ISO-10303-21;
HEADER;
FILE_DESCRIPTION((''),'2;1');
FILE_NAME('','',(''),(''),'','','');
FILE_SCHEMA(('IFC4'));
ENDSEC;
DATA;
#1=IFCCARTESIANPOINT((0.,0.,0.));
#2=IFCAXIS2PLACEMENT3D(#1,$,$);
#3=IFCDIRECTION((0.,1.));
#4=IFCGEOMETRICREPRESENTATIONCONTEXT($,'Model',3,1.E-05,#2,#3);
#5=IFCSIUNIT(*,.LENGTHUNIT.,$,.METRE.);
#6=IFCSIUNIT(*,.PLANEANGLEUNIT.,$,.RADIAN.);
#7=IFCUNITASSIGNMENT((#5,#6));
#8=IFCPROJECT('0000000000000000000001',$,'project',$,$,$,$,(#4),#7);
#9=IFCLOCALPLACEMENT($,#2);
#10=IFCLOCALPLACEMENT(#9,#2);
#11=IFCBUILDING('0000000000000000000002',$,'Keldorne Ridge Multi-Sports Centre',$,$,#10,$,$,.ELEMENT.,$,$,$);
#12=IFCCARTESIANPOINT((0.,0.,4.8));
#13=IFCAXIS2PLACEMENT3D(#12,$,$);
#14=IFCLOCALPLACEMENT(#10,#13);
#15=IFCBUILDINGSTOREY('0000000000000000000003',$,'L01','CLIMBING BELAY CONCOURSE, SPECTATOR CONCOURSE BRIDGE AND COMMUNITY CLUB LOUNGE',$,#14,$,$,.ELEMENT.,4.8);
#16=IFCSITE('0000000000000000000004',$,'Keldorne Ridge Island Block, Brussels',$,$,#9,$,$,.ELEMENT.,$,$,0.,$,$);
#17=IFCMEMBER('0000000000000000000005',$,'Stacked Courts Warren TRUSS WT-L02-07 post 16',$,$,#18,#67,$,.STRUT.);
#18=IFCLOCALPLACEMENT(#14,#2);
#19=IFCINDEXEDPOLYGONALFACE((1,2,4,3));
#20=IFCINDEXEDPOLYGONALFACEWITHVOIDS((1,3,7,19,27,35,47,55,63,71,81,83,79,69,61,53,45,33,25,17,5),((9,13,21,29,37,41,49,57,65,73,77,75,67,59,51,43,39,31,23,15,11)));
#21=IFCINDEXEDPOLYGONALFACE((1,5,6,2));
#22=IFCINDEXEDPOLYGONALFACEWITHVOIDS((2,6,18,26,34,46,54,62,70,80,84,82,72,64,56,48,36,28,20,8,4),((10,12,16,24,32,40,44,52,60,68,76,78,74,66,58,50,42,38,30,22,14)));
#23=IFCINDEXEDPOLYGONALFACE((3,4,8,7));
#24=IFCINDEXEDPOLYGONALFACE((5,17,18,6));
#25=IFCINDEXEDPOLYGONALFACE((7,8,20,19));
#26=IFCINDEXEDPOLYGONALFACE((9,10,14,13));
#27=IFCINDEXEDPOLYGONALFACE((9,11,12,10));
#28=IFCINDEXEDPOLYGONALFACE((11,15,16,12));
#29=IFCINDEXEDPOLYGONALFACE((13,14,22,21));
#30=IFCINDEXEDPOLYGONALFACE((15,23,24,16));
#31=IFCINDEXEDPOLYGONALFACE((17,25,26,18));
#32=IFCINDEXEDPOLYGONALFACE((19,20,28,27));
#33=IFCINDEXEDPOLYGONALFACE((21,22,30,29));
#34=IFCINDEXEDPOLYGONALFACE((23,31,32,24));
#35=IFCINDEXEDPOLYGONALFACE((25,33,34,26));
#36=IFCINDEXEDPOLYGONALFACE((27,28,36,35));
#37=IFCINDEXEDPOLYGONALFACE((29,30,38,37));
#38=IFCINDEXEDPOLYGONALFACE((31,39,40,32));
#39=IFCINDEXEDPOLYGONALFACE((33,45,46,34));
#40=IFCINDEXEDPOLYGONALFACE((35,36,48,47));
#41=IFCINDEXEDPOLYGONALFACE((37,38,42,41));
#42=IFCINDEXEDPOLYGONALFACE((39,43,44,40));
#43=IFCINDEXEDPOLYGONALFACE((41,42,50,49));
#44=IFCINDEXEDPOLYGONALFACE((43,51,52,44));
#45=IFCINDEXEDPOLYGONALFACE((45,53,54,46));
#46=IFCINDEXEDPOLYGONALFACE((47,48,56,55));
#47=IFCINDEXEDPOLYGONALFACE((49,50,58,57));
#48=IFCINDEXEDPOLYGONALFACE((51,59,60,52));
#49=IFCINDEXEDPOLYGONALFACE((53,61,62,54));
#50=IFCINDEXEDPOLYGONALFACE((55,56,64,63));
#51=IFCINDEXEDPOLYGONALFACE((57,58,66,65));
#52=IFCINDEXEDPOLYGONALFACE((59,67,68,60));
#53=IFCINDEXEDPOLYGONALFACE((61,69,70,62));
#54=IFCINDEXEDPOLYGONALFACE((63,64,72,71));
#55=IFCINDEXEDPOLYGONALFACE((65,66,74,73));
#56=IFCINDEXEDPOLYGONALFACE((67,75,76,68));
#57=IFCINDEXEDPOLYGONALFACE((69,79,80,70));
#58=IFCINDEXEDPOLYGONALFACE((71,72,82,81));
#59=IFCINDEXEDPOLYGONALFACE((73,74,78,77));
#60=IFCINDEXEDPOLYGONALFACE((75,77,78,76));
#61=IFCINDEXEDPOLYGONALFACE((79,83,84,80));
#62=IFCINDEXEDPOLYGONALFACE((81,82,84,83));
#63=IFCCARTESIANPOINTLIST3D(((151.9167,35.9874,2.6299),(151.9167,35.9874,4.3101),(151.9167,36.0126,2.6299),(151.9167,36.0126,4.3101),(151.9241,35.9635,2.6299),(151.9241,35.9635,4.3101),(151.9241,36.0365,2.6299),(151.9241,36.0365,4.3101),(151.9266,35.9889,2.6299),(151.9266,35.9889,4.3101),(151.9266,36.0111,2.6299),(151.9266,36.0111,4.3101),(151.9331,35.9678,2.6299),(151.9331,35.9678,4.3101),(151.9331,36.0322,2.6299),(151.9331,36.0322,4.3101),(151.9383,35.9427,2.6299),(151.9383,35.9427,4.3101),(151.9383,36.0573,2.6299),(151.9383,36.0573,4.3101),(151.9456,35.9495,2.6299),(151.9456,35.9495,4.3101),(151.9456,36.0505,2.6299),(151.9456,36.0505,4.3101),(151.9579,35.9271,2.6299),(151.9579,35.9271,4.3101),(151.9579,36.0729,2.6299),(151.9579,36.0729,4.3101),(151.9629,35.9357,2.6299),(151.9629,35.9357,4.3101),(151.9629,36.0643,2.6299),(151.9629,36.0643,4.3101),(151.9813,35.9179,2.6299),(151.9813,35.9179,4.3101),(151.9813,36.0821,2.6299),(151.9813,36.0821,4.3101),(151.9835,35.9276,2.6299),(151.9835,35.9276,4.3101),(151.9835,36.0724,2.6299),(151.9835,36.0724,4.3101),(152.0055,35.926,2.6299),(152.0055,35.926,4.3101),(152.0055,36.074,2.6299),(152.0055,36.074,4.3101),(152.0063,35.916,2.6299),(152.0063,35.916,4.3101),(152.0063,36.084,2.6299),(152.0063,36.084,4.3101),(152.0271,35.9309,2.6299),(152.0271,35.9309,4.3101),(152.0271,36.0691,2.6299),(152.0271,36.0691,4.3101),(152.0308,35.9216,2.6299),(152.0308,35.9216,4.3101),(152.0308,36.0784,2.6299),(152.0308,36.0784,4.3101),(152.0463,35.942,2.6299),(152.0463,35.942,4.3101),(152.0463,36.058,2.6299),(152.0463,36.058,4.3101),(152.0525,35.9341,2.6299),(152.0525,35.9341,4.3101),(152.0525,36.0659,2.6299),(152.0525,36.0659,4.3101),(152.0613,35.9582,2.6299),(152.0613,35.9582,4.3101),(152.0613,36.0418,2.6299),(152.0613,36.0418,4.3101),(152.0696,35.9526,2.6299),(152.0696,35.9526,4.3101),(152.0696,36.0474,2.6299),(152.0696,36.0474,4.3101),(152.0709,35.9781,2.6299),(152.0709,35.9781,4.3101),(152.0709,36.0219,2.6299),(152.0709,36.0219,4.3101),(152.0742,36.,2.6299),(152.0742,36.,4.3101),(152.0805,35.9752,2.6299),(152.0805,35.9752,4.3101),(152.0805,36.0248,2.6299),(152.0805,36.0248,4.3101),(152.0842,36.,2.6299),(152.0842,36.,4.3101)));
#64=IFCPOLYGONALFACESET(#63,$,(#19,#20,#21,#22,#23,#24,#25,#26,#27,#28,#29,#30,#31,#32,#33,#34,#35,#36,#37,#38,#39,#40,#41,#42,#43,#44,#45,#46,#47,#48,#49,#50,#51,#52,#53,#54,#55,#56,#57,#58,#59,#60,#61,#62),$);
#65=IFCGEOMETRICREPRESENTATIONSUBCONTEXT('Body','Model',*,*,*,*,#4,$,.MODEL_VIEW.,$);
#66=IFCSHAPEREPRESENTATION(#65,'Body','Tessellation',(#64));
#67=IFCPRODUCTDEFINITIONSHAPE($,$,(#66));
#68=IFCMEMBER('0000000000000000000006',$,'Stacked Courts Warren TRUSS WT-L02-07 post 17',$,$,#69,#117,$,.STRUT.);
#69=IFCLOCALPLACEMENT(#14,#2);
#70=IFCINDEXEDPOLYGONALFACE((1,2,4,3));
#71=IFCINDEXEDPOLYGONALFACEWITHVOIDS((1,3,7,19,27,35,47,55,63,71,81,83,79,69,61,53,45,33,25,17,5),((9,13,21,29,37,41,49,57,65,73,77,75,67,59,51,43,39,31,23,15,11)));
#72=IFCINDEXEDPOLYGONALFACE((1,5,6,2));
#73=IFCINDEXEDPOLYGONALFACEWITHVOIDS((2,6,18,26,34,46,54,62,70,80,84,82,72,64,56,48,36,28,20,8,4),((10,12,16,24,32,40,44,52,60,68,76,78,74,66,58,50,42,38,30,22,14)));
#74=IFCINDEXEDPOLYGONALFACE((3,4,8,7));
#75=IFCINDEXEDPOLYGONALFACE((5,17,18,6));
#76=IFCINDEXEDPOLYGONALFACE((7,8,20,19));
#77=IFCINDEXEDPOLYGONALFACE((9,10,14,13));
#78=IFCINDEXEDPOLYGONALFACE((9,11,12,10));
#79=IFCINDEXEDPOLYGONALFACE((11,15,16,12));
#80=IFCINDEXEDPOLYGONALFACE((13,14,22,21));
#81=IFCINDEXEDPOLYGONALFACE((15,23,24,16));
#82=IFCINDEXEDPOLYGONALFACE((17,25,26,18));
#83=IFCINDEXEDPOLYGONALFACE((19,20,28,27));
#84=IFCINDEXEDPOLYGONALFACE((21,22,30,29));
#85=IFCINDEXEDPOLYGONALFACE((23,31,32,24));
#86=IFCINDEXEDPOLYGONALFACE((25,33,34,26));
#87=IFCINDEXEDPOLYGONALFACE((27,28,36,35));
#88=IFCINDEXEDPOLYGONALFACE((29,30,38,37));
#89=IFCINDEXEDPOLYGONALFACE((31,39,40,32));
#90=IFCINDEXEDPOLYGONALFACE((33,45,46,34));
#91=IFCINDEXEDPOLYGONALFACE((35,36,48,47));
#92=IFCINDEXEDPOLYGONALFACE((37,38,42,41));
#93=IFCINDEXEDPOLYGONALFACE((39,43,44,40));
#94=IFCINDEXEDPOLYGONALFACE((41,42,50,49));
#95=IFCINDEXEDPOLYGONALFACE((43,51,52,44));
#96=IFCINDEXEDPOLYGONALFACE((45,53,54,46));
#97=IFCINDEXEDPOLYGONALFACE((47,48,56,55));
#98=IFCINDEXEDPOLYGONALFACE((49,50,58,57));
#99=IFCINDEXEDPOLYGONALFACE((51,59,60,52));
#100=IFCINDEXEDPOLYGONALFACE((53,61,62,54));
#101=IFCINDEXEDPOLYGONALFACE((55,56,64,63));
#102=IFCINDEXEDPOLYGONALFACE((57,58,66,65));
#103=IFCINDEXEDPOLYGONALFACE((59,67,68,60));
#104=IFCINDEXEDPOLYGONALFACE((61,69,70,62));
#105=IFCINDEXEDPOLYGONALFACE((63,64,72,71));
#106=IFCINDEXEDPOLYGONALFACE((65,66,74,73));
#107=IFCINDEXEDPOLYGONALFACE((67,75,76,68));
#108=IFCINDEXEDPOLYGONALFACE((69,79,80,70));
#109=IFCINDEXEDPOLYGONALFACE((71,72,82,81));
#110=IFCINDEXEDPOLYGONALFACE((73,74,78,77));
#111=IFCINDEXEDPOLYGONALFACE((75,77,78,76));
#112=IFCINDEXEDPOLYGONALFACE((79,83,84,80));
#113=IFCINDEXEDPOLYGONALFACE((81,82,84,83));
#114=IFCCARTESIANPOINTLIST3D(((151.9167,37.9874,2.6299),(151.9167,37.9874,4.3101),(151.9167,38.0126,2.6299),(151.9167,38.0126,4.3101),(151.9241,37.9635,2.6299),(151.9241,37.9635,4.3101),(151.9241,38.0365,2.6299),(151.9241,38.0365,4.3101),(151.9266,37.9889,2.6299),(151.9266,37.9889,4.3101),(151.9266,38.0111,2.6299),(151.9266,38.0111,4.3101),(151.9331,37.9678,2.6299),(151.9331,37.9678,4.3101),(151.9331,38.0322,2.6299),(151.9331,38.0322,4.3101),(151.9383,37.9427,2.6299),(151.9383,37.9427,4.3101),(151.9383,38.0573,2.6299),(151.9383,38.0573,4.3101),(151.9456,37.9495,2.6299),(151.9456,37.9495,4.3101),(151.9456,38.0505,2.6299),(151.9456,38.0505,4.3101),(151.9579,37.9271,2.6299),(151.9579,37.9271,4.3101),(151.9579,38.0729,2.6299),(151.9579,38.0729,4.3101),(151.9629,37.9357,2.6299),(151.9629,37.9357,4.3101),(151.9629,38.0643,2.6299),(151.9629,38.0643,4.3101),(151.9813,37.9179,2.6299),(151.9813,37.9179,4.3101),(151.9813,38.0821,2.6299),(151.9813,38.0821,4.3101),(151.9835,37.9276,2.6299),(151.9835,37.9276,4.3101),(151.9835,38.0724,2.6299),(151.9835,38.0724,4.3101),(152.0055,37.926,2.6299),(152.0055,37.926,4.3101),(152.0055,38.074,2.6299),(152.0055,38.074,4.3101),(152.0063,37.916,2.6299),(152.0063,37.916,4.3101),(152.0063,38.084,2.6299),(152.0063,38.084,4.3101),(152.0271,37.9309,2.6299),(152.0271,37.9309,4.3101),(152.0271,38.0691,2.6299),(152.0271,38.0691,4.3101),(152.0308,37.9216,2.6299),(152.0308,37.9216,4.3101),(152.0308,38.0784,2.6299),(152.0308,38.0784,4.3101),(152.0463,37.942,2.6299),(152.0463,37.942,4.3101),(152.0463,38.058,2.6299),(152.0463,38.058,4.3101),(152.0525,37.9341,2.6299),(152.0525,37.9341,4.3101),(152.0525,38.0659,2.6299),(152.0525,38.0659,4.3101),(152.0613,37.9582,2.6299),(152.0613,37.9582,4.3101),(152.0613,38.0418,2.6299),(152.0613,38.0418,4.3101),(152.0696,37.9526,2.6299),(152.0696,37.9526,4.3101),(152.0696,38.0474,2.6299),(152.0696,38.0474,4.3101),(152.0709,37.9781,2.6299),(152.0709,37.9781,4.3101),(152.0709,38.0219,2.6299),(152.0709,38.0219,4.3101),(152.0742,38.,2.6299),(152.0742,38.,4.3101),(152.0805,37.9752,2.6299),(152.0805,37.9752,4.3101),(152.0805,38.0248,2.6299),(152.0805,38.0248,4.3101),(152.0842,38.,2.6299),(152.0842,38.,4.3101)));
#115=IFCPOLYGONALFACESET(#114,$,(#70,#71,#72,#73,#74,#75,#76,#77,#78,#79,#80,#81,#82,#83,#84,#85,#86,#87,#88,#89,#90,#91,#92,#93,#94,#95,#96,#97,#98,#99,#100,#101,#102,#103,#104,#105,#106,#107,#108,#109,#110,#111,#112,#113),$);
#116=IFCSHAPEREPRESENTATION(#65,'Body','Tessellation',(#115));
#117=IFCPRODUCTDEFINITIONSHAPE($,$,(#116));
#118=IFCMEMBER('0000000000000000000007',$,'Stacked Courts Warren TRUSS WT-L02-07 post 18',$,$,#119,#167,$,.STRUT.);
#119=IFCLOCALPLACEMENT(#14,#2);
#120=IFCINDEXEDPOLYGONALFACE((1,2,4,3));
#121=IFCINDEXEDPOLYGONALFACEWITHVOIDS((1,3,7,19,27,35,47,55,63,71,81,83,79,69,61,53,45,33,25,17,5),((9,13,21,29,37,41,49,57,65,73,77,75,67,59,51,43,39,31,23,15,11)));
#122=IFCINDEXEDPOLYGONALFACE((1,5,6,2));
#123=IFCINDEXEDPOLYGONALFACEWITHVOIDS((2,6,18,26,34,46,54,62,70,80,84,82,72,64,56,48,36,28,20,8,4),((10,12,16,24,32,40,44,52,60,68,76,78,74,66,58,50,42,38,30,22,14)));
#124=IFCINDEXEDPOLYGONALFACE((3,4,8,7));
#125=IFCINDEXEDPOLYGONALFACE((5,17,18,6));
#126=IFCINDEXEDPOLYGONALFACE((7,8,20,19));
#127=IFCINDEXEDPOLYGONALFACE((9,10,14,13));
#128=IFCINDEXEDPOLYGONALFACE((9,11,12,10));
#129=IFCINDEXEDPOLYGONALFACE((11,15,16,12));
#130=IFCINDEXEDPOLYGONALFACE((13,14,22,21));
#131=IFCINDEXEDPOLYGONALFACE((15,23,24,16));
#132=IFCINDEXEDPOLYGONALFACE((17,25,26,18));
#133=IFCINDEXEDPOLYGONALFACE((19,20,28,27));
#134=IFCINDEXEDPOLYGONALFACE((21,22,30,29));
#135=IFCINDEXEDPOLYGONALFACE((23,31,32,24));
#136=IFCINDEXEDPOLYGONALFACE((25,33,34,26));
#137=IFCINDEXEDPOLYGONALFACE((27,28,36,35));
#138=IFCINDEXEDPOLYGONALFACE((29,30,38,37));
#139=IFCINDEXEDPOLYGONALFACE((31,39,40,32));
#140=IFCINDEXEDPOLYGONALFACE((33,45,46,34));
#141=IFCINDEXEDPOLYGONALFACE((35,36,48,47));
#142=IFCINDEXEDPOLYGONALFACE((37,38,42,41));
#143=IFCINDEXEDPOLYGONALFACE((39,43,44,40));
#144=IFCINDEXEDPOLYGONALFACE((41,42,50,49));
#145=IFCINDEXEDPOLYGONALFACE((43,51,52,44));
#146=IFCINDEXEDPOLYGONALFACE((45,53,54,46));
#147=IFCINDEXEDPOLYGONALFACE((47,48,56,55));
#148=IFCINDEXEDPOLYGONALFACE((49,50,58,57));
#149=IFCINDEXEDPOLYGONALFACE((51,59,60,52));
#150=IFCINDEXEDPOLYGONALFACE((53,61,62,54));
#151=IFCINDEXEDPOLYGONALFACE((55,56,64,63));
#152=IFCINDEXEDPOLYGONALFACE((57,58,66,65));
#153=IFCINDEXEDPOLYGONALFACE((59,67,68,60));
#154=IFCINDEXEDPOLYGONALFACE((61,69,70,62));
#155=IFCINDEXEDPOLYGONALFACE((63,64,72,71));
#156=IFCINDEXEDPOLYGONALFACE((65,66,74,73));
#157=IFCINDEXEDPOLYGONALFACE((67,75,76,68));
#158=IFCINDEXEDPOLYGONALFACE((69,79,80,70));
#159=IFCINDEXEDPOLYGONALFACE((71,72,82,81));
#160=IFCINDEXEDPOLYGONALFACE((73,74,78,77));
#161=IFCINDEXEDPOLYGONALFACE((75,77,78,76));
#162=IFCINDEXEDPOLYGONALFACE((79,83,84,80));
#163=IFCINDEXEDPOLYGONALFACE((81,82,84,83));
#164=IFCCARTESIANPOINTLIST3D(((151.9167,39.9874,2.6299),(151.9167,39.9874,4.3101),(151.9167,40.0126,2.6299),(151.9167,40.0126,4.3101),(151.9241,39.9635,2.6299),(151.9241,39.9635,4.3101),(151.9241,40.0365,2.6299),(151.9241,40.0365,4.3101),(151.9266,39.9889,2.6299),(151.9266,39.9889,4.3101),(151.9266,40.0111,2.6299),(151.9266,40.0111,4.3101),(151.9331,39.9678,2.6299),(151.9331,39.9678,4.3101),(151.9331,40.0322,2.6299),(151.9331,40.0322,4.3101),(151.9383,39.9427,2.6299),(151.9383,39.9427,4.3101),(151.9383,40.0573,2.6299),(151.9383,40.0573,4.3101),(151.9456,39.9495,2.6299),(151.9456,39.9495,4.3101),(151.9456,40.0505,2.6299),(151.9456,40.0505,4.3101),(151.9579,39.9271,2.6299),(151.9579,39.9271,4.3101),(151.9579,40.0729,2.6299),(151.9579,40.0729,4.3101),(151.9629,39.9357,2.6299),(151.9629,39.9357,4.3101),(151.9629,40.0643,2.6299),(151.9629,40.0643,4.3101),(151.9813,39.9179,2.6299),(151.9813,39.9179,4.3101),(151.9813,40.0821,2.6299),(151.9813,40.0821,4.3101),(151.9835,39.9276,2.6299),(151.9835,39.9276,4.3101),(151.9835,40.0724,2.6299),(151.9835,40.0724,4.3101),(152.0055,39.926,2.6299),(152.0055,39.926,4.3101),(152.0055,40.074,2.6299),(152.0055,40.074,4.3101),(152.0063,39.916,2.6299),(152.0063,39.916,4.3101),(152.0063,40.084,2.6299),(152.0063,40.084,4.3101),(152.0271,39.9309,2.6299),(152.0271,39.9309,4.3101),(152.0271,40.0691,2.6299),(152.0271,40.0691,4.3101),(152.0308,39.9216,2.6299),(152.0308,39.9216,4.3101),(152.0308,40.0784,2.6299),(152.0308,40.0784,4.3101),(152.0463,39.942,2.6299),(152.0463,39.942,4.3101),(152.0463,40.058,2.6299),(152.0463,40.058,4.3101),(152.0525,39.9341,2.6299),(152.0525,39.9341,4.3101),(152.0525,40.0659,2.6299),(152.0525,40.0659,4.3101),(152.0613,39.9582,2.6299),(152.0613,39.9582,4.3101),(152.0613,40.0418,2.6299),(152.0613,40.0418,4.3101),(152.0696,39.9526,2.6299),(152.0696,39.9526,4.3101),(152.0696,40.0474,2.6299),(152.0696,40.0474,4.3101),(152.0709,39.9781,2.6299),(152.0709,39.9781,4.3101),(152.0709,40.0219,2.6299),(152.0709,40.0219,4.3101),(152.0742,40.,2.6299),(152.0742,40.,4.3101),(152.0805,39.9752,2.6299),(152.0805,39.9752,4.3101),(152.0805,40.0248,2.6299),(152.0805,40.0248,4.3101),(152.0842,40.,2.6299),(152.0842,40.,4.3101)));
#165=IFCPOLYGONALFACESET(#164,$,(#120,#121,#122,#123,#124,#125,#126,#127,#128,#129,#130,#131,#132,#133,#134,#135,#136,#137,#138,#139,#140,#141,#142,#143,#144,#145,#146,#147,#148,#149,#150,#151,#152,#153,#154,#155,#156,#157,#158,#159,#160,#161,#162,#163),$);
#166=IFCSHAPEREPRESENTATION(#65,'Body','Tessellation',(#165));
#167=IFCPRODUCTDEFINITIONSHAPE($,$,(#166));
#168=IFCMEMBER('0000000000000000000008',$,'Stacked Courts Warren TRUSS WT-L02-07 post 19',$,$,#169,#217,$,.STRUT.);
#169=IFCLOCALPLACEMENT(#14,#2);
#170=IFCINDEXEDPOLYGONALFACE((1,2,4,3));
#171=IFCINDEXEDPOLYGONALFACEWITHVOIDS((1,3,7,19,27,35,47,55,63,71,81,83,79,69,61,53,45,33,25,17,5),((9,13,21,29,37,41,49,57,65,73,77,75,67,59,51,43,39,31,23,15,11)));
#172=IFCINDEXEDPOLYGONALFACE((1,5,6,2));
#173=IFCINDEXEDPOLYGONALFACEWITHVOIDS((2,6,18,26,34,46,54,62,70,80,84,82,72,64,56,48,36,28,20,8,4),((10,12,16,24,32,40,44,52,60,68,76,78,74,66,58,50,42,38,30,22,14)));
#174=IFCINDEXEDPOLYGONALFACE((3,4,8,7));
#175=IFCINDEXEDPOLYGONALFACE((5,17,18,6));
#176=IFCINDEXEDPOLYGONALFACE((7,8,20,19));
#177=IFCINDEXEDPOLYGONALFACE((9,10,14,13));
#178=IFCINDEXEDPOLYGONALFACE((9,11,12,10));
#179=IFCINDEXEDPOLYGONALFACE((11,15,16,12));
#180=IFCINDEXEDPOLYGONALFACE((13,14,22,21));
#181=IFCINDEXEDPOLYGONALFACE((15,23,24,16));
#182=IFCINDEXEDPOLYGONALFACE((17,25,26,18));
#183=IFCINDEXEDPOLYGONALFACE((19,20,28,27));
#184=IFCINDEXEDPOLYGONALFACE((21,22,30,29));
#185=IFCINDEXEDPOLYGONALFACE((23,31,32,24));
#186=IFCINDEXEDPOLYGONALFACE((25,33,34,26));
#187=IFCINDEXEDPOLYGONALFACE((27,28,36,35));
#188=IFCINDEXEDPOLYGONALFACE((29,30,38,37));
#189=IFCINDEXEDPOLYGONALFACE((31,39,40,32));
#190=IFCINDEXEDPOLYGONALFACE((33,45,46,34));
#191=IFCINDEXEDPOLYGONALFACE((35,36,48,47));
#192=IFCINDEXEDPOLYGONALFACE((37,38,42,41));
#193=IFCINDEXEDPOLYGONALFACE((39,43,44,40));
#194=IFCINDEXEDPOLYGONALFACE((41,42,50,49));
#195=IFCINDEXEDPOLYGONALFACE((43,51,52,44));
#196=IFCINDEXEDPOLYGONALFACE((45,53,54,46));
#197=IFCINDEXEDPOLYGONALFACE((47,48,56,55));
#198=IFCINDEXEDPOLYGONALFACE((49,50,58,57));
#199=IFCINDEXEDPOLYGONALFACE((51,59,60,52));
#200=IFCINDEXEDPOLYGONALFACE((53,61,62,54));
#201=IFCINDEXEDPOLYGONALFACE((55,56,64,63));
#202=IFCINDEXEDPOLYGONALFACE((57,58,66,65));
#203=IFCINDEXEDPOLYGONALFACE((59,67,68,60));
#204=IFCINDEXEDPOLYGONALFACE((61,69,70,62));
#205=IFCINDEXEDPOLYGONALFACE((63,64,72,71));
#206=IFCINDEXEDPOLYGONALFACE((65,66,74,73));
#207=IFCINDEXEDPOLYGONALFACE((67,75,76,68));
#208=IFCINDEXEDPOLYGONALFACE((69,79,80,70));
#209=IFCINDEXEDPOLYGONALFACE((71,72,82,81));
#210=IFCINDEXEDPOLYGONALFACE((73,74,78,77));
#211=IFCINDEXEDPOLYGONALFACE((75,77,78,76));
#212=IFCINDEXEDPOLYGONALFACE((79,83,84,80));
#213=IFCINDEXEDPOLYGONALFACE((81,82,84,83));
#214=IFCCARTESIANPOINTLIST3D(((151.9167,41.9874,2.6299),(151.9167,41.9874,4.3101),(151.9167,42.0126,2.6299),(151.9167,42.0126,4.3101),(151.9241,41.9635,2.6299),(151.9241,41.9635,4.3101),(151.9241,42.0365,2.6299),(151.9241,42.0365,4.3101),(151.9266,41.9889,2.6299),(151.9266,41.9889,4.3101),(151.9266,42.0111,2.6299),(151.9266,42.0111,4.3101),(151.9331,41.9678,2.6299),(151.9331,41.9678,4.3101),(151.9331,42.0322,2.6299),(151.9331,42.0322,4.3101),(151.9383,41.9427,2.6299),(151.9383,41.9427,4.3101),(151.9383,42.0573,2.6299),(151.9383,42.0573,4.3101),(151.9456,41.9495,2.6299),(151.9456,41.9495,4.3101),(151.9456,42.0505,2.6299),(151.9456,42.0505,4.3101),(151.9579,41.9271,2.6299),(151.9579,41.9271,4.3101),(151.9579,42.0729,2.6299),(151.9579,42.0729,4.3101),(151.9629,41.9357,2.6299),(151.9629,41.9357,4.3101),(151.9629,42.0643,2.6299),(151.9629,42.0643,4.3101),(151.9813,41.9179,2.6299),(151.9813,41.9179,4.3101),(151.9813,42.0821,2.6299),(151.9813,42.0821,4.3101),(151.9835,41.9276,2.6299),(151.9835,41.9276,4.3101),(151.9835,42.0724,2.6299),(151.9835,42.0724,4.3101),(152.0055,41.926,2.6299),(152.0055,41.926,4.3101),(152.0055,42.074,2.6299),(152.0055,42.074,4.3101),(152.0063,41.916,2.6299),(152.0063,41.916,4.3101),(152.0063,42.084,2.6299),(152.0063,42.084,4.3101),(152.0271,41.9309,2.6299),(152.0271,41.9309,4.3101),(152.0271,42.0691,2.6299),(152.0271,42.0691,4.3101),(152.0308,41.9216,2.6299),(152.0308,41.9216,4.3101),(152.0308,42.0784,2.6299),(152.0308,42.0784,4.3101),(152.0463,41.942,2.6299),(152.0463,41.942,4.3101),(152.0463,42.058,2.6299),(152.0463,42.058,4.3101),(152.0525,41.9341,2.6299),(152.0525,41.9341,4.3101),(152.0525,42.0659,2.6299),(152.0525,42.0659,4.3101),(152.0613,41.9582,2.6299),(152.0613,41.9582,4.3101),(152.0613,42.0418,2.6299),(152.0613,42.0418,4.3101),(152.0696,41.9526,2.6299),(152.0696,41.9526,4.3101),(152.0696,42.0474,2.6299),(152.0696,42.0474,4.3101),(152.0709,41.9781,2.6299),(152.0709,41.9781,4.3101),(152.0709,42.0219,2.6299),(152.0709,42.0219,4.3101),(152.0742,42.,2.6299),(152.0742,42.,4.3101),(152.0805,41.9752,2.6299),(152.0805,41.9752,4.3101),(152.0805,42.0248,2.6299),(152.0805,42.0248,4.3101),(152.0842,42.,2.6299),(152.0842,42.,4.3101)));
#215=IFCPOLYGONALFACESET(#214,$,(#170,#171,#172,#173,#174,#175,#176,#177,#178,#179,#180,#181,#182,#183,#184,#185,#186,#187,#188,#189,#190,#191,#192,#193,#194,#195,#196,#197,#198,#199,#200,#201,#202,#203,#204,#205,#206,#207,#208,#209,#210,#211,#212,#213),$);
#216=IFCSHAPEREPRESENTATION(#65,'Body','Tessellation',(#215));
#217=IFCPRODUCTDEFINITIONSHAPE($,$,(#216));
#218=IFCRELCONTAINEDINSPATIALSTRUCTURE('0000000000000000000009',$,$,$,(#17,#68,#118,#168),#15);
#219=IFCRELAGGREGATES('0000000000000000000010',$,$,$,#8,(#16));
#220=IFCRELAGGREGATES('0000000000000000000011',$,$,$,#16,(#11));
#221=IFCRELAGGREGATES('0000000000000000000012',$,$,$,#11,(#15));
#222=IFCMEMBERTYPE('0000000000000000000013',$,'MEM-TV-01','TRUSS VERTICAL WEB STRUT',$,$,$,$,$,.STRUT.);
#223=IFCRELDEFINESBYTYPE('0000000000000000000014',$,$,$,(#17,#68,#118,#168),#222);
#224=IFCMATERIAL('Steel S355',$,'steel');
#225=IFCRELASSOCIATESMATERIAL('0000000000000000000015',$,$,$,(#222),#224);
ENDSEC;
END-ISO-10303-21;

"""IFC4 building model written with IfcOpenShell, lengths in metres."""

from ifc_helpers import new_model, si_unit, direction, frame, origin, origin_2d, place, context, subcontext, project, spatial, hollow_circle, extrude, material, material_profile, profile_set, type_object, element, save


model = new_model("IFC4")

# Units and contexts
model_context = context("Model", 3, precision=1e-05, world=origin(), true_north=direction((0.0, 1.0)))
body_context = subcontext(model_context, "Body", "Model", "MODEL_VIEW")
ifc_project = project(units=[si_unit("LENGTHUNIT", "METRE"), si_unit("PLANEANGLEUNIT", "RADIAN")], contexts=[model_context])

# Site, building, storey
site_placement = place(None, origin())
site = spatial("IfcSite", under=ifc_project, at=site_placement, Name="Keldorne Ridge Island Block, Brussels", CompositionType="ELEMENT", RefElevation=0.0)
building_placement = place(site_placement, origin())
building = spatial("IfcBuilding", under=site, at=building_placement, Name="Keldorne Ridge Multi-Sports Centre", CompositionType="ELEMENT")
storey_placement = place(building_placement, frame((0.0, 0.0, 4.8)))
storey = spatial("IfcBuildingStorey", under=building, at=storey_placement, Name="L01", Description="CLIMBING BELAY CONCOURSE, SPECTATOR CONCOURSE BRIDGE AND COMMUNITY CLUB LOUNGE", CompositionType="ELEMENT", Elevation=4.8)

# Members
ifc_material = material(Name="Steel S355", Category="steel")
ifc_material_profile_1 = material_profile(ifc_material, hollow_circle(Radius=0.0842, WallThickness=0.01, at=origin_2d()), Name="CHS 168.3x10")
ifc_profile_set_1 = profile_set([ifc_material_profile_1], Name="Steel S355")
member_type_1 = type_object("IfcMemberType", Name="MEM-TV-01", Description="TRUSS VERTICAL WEB STRUT", PredefinedType="STRUT", material=ifc_profile_set_1)
for number, where, z_axis, x_axis, name in (
    (1, (152.0, 36.0, 2.6299), (0.0, 0.0, 1.0), (1.0, 0.0, 0.0), "Stacked Courts Warren TRUSS WT-L02-07 post 16"),
    (2, (152.0, 38.0, 2.6299), (0.0, 0.0, 1.0), (1.0, 0.0, 0.0), "Stacked Courts Warren TRUSS WT-L02-07 post 17"),
    (3, (152.0, 40.0, 2.6299), (0.0, 0.0, 1.0), (1.0, 0.0, 0.0), "Stacked Courts Warren TRUSS WT-L02-07 post 18"),
    (4, (152.0, 42.0, 2.6299), (0.0, 0.0, 1.0), (1.0, 0.0, 0.0), "Stacked Courts Warren TRUSS WT-L02-07 post 19"),
):
    element("IfcMember", number, at=place(storey_placement, frame(where, z_axis=z_axis, x_axis=x_axis)), inside=storey, type_object=member_type_1, Name=name, PredefinedType="STRUT", context=body_context, shape_type="SweptSolid", body=[
        extrude(hollow_circle(Radius=0.0842, WallThickness=0.01, at=origin_2d()), origin(), (0.0, 0.0, 1.0), 1.6802),
    ])

save(model, "model.ifc")
